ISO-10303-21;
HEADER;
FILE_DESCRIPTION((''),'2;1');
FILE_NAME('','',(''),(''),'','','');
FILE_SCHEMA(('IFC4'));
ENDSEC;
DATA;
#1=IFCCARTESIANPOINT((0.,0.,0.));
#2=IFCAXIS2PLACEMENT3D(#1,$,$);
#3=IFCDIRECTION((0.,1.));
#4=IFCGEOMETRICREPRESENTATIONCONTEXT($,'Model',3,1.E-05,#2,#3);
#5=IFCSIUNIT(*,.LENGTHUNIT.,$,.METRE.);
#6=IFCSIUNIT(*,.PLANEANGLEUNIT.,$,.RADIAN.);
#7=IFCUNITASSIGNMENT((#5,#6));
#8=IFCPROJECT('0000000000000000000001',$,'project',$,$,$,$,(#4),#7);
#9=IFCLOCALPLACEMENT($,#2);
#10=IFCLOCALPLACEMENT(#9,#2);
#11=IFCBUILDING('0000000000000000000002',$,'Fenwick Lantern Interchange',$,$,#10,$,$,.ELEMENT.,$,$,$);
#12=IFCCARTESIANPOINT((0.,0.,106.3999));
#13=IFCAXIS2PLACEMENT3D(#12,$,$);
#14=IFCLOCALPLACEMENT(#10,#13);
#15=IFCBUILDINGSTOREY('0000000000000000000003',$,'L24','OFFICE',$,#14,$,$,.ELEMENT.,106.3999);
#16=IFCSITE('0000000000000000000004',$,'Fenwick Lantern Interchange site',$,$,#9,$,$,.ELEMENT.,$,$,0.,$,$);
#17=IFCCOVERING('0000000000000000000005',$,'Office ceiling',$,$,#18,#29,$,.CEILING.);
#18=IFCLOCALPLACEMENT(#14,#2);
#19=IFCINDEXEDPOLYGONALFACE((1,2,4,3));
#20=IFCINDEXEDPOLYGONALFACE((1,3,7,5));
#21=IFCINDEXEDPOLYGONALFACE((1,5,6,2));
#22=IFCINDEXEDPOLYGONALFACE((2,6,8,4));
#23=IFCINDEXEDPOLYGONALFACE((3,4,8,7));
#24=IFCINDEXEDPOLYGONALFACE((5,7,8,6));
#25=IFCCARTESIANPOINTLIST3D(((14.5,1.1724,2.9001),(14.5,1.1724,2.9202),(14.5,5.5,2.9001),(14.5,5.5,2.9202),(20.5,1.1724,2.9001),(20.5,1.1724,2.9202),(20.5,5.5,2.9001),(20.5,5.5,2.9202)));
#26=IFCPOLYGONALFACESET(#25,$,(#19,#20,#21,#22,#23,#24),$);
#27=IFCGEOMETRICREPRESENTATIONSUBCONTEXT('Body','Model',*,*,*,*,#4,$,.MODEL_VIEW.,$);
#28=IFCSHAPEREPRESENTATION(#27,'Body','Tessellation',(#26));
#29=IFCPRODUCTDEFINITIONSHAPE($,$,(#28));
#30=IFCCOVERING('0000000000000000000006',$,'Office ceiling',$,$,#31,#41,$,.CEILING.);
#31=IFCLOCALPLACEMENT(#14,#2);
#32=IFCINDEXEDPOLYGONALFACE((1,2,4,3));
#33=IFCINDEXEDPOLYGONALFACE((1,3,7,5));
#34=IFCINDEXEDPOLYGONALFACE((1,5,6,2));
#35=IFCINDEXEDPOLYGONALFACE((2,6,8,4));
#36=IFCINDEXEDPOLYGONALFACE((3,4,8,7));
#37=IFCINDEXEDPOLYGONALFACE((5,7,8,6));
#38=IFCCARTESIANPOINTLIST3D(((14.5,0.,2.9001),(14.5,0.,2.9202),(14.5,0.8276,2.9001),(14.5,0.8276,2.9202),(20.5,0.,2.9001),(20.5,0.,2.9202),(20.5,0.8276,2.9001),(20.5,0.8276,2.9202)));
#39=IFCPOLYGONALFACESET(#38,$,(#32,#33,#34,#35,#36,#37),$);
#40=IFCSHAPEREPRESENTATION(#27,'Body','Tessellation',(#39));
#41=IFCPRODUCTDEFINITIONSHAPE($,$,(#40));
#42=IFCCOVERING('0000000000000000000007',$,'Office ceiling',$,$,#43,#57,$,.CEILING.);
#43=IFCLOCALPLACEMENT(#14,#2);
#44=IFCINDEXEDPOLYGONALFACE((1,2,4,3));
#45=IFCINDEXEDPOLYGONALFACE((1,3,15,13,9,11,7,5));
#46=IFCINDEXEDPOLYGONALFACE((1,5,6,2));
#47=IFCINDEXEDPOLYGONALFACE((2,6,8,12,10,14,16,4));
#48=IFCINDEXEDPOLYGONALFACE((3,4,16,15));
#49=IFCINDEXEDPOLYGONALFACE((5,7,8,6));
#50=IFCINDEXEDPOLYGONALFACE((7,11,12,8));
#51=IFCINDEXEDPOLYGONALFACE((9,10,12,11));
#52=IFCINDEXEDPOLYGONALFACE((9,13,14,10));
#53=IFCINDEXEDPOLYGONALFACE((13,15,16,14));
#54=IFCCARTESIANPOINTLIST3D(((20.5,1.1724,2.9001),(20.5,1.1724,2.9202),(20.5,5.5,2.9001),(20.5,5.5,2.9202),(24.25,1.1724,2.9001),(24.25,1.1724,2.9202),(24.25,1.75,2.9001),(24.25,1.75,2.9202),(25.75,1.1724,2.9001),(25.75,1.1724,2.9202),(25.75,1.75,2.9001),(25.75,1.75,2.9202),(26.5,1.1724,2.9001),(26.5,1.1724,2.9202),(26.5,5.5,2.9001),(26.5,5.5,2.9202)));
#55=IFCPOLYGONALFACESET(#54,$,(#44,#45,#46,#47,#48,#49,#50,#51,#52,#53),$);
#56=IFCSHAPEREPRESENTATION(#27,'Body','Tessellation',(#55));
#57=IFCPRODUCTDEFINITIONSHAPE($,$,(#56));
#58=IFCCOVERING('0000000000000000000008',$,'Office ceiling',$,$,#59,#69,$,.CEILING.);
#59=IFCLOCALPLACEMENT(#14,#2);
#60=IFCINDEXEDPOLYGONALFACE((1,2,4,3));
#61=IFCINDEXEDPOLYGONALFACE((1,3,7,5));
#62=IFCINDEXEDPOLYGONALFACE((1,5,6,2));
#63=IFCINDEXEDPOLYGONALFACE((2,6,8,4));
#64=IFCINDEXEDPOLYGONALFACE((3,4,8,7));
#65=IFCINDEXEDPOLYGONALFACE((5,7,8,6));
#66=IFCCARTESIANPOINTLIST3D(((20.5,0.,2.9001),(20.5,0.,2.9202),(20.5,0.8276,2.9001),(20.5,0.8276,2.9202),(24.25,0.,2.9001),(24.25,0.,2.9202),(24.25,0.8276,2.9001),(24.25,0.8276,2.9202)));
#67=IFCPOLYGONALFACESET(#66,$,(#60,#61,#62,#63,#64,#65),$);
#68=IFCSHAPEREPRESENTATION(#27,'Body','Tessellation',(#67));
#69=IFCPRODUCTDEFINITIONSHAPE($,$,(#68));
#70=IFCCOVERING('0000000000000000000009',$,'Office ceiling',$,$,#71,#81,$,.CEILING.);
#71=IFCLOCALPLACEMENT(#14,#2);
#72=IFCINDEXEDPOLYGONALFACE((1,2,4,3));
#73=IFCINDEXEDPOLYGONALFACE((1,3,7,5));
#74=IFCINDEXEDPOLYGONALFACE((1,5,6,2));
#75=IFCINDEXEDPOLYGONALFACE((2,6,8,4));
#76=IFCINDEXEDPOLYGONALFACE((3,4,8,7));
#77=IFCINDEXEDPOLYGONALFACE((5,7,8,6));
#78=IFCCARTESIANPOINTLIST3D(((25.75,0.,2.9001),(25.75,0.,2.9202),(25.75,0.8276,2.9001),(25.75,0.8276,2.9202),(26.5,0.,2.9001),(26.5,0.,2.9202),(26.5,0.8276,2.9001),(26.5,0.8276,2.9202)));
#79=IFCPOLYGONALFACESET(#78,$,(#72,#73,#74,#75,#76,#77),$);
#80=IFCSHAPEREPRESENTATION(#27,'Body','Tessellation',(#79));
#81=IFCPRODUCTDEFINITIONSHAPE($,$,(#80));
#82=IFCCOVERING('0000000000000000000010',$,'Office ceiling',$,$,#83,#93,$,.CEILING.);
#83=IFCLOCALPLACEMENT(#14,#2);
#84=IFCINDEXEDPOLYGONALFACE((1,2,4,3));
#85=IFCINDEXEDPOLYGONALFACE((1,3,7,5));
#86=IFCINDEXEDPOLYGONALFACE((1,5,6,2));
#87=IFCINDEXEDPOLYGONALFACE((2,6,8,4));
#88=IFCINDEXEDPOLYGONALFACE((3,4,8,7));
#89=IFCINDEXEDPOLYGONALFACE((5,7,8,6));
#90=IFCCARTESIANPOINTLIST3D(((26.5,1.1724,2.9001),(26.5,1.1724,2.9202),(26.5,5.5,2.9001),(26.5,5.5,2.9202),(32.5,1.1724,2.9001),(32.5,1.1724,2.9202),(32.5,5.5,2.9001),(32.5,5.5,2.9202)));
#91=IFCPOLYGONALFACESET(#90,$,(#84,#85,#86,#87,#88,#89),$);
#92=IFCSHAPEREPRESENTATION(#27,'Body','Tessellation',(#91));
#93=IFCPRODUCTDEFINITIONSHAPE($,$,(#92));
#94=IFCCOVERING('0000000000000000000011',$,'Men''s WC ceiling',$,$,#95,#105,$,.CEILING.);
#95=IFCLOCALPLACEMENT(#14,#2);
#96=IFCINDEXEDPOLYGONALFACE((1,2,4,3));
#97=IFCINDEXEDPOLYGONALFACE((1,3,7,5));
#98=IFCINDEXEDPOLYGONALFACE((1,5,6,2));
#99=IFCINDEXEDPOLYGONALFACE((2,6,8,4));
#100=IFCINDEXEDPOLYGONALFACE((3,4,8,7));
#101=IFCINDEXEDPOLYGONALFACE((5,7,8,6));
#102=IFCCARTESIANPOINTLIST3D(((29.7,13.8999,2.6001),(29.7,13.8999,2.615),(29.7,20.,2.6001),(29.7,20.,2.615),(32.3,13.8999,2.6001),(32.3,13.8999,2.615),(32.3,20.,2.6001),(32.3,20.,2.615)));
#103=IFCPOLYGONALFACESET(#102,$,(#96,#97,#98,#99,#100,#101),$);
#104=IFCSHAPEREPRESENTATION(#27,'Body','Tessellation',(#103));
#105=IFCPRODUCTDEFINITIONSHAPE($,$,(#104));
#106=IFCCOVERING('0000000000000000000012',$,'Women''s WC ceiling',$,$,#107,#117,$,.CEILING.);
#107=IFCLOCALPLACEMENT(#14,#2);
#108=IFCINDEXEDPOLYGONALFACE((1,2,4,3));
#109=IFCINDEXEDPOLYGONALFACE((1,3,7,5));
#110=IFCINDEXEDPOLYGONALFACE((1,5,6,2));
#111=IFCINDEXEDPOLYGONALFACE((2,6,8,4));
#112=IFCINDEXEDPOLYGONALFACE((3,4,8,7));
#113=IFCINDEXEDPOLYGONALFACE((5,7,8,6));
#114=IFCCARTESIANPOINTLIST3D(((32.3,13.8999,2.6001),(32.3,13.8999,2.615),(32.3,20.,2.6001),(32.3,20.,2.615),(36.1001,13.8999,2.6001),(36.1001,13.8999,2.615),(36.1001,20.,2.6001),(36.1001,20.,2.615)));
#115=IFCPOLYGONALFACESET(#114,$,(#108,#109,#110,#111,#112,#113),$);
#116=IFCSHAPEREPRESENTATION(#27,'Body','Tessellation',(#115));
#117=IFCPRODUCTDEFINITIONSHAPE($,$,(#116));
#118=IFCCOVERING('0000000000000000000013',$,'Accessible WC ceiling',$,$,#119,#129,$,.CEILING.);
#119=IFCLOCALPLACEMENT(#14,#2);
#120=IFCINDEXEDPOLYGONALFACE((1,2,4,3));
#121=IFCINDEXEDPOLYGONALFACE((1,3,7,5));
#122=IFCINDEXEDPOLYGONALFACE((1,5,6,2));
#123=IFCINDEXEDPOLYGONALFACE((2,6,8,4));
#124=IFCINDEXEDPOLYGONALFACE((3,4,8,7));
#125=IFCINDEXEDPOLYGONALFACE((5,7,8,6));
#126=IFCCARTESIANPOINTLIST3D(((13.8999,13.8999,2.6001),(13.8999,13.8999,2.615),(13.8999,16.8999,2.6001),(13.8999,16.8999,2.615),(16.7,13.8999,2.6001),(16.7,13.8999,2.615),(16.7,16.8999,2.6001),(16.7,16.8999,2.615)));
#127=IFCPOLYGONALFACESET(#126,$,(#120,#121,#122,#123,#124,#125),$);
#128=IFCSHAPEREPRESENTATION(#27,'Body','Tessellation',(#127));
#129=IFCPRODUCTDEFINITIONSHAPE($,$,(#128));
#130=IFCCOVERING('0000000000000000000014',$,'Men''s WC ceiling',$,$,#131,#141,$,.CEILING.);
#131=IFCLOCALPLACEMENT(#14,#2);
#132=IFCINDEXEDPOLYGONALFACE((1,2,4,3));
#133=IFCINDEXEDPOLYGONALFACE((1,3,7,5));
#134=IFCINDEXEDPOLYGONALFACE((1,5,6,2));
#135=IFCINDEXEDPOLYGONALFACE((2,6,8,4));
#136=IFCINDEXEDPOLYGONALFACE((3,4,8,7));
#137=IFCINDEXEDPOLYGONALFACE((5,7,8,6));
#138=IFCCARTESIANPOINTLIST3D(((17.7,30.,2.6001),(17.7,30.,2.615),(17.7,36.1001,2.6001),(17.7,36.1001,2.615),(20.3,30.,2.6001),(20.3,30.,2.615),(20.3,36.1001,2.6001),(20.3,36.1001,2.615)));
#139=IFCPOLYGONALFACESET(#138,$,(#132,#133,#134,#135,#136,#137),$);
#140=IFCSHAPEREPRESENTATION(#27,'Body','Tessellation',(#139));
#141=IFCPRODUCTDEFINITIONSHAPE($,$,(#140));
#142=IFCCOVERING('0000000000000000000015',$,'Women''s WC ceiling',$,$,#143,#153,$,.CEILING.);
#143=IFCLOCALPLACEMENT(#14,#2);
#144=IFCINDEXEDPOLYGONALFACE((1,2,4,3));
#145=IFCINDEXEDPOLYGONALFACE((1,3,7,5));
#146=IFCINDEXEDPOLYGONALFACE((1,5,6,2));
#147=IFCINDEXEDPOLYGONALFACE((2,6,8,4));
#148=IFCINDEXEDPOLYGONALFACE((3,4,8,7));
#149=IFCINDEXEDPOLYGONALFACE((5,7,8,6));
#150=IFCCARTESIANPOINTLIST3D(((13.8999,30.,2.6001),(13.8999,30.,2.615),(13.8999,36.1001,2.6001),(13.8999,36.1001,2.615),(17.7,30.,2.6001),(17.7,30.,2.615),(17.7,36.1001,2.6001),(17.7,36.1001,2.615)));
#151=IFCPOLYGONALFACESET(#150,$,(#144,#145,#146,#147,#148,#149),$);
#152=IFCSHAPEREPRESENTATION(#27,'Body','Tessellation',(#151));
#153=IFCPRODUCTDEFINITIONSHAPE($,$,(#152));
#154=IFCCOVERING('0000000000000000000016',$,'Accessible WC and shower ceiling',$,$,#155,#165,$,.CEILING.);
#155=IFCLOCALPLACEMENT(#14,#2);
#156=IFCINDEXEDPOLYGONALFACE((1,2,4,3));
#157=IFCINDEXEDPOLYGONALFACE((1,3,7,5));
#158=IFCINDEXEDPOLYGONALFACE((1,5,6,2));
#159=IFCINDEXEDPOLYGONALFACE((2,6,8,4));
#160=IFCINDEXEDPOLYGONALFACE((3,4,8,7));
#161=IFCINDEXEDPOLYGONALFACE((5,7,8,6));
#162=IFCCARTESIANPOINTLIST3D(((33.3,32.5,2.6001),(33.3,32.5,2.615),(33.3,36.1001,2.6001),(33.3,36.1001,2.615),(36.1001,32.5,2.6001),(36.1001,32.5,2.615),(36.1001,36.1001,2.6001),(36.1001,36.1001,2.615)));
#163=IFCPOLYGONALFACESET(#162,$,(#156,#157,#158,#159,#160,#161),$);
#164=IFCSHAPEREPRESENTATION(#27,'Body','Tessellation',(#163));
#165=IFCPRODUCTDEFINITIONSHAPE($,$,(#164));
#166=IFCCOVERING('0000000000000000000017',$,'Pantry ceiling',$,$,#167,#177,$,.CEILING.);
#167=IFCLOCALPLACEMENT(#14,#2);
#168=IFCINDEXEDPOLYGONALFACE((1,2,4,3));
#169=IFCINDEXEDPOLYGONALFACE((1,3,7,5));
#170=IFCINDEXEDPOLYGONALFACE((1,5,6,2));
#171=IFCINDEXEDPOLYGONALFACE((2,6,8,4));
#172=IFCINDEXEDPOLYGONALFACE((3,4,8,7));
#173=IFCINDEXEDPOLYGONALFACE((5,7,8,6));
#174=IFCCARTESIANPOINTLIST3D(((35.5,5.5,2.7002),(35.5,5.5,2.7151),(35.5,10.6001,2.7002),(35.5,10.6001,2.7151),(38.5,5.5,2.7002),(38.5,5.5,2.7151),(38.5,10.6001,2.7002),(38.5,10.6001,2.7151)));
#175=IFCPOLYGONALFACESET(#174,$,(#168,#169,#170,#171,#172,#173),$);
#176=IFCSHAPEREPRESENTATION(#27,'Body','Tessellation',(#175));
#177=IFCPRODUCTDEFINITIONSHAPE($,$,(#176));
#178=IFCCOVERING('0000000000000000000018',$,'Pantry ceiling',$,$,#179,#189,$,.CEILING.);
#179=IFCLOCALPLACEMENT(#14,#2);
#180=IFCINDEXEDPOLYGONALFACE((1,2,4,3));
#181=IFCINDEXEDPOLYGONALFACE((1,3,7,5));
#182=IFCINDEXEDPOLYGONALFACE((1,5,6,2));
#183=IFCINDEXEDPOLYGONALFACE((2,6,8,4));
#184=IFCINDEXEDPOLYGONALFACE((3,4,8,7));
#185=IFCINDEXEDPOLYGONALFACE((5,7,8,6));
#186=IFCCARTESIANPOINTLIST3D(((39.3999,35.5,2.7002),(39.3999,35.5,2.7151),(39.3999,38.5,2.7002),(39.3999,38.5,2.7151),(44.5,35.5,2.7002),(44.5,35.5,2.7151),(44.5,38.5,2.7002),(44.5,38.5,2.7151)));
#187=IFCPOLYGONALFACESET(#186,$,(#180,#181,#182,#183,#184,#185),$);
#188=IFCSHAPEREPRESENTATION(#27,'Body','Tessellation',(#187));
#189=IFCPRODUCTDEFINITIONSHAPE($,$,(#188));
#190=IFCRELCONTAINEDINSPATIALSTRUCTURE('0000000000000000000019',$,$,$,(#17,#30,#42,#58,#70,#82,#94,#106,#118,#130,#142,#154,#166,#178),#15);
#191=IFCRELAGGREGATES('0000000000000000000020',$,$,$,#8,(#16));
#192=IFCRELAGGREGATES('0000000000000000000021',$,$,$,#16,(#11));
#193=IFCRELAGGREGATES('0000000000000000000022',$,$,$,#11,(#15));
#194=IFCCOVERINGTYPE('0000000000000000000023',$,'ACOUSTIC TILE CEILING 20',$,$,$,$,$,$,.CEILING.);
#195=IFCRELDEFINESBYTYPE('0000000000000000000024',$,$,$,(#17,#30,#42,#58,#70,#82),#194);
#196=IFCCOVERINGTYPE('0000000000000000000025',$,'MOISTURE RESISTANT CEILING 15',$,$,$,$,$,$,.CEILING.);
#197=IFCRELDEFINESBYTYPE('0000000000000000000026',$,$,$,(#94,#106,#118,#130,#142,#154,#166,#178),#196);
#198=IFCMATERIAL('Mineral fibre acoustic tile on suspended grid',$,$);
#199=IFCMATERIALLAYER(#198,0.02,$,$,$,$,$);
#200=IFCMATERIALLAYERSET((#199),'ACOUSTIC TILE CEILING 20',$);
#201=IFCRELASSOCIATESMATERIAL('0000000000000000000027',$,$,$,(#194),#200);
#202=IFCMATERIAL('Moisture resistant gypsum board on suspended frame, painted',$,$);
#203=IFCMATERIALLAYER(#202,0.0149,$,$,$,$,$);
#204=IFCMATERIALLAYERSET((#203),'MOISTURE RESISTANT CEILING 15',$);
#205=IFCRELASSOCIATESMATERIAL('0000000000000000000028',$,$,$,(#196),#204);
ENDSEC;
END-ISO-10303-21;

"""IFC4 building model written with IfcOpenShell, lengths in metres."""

from ifc_helpers import new_model, si_unit, direction, frame, origin, place, context, subcontext, project, spatial, polyline, outline, extrude, material, layer, layer_set, type_object, element, save


model = new_model("IFC4")

# Units and contexts
model_context = context("Model", 3, precision=1e-05, world=origin(), true_north=direction((0.0, 1.0)))
body_context = subcontext(model_context, "Body", "Model", "MODEL_VIEW")
ifc_project = project(units=[si_unit("LENGTHUNIT", "METRE"), si_unit("PLANEANGLEUNIT", "RADIAN")], contexts=[model_context])

# Site, building, storey
site_placement = place(None, origin())
site = spatial("IfcSite", under=ifc_project, at=site_placement, Name="Fenwick Lantern Interchange site", CompositionType="ELEMENT", RefElevation=0.0)
building_placement = place(site_placement, origin())
building = spatial("IfcBuilding", under=site, at=building_placement, Name="Fenwick Lantern Interchange", CompositionType="ELEMENT")
storey_placement = place(building_placement, frame((0.0, 0.0, 106.3999)))
storey = spatial("IfcBuildingStorey", under=building, at=storey_placement, Name="L24", Description="OFFICE", CompositionType="ELEMENT", Elevation=106.3999)

# Coverings
ifc_material_1 = material(Name="Mineral fibre acoustic tile on suspended grid")
ifc_layer_1 = layer(ifc_material_1, 0.02)
ifc_layer_set_1 = layer_set([ifc_layer_1], Name="ACOUSTIC TILE CEILING 20")
covering_type_1 = type_object("IfcCoveringType", Name="ACOUSTIC TILE CEILING 20", PredefinedType="CEILING", material=ifc_layer_set_1)
covering_1_placement = place(storey_placement, frame((0.0, 0.0, 2.9001)))
element("IfcCovering", 1, at=covering_1_placement, inside=storey, type_object=covering_type_1, Name="Office ceiling", PredefinedType="CEILING", context=body_context, shape_type="SweptSolid", body=[
    extrude(outline(polyline([(14.5, 5.5), (14.5, 1.1724), (20.5, 1.1724), (20.5, 5.5), (14.5, 5.5)])), origin(), (0.0, 0.0, 1.0), 0.02),
])
covering_2_placement = place(storey_placement, frame((0.0, 0.0, 2.9001)))
element("IfcCovering", 2, at=covering_2_placement, inside=storey, type_object=covering_type_1, Name="Office ceiling", PredefinedType="CEILING", context=body_context, shape_type="SweptSolid", body=[
    extrude(outline(polyline([(20.5, 0.0), (20.5, 0.8276), (14.5, 0.8276), (14.5, 0.0), (20.5, 0.0)])), origin(), (0.0, 0.0, 1.0), 0.02),
])
covering_3_placement = place(storey_placement, frame((0.0, 0.0, 2.9001)))
element("IfcCovering", 3, at=covering_3_placement, inside=storey, type_object=covering_type_1, Name="Office ceiling", PredefinedType="CEILING", context=body_context, shape_type="SweptSolid", body=[
    extrude(outline(polyline([(20.5, 5.5), (20.5, 1.1724), (24.25, 1.1724), (24.25, 1.75), (25.75, 1.75), (25.75, 1.1724), (26.5, 1.1724), (26.5, 5.5), (20.5, 5.5)])), origin(), (0.0, 0.0, 1.0), 0.02),
])
covering_4_placement = place(storey_placement, frame((0.0, 0.0, 2.9001)))
element("IfcCovering", 4, at=covering_4_placement, inside=storey, type_object=covering_type_1, Name="Office ceiling", PredefinedType="CEILING", context=body_context, shape_type="SweptSolid", body=[
    extrude(outline(polyline([(20.5, 0.8276), (20.5, 0.0), (24.25, 0.0), (24.25, 0.8276), (20.5, 0.8276)])), origin(), (0.0, 0.0, 1.0), 0.02),
])
covering_5_placement = place(storey_placement, frame((0.0, 0.0, 2.9001)))
element("IfcCovering", 5, at=covering_5_placement, inside=storey, type_object=covering_type_1, Name="Office ceiling", PredefinedType="CEILING", context=body_context, shape_type="SweptSolid", body=[
    extrude(outline(polyline([(26.5, 0.0), (26.5, 0.8276), (25.75, 0.8276), (25.75, 0.0), (26.5, 0.0)])), origin(), (0.0, 0.0, 1.0), 0.02),
])
covering_6_placement = place(storey_placement, frame((0.0, 0.0, 2.9001)))
element("IfcCovering", 6, at=covering_6_placement, inside=storey, type_object=covering_type_1, Name="Office ceiling", PredefinedType="CEILING", context=body_context, shape_type="SweptSolid", body=[
    extrude(outline(polyline([(26.5, 5.5), (26.5, 1.1724), (32.5, 1.1724), (32.5, 5.5), (26.5, 5.5)])), origin(), (0.0, 0.0, 1.0), 0.02),
])
ifc_material_2 = material(Name="Moisture resistant gypsum board on suspended frame, painted")
ifc_layer_2 = layer(ifc_material_2, 0.0149)
ifc_layer_set_2 = layer_set([ifc_layer_2], Name="MOISTURE RESISTANT CEILING 15")
covering_type_2 = type_object("IfcCoveringType", Name="MOISTURE RESISTANT CEILING 15", PredefinedType="CEILING", material=ifc_layer_set_2)
covering_7_placement = place(storey_placement, frame((0.0, 0.0, 2.6001)))
element("IfcCovering", 7, at=covering_7_placement, inside=storey, type_object=covering_type_2, Name="Men's WC ceiling", PredefinedType="CEILING", context=body_context, shape_type="SweptSolid", body=[
    extrude(outline(polyline([(29.7, 13.8999), (32.3, 13.8999), (32.3, 20.0), (29.7, 20.0), (29.7, 13.8999)])), origin(), (0.0, 0.0, 1.0), 0.0149),
])
covering_8_placement = place(storey_placement, frame((0.0, 0.0, 2.6001)))
element("IfcCovering", 8, at=covering_8_placement, inside=storey, type_object=covering_type_2, Name="Women's WC ceiling", PredefinedType="CEILING", context=body_context, shape_type="SweptSolid", body=[
    extrude(outline(polyline([(32.3, 13.8999), (36.1001, 13.8999), (36.1001, 20.0), (32.3, 20.0), (32.3, 13.8999)])), origin(), (0.0, 0.0, 1.0), 0.0149),
])
covering_9_placement = place(storey_placement, frame((0.0, 0.0, 2.6001)))
element("IfcCovering", 9, at=covering_9_placement, inside=storey, type_object=covering_type_2, Name="Accessible WC ceiling", PredefinedType="CEILING", context=body_context, shape_type="SweptSolid", body=[
    extrude(outline(polyline([(13.8999, 13.8999), (16.7, 13.8999), (16.7, 16.8999), (13.8999, 16.8999), (13.8999, 13.8999)])), origin(), (0.0, 0.0, 1.0), 0.0149),
])
covering_10_placement = place(storey_placement, frame((0.0, 0.0, 2.6001)))
element("IfcCovering", 10, at=covering_10_placement, inside=storey, type_object=covering_type_2, Name="Men's WC ceiling", PredefinedType="CEILING", context=body_context, shape_type="SweptSolid", body=[
    extrude(outline(polyline([(20.3, 36.1001), (17.7, 36.1001), (17.7, 30.0), (20.3, 30.0), (20.3, 36.1001)])), origin(), (0.0, 0.0, 1.0), 0.0149),
])
covering_11_placement = place(storey_placement, frame((0.0, 0.0, 2.6001)))
element("IfcCovering", 11, at=covering_11_placement, inside=storey, type_object=covering_type_2, Name="Women's WC ceiling", PredefinedType="CEILING", context=body_context, shape_type="SweptSolid", body=[
    extrude(outline(polyline([(17.7, 36.1001), (13.8999, 36.1001), (13.8999, 30.0), (17.7, 30.0), (17.7, 36.1001)])), origin(), (0.0, 0.0, 1.0), 0.0149),
])
covering_12_placement = place(storey_placement, frame((0.0, 0.0, 2.6001)))
element("IfcCovering", 12, at=covering_12_placement, inside=storey, type_object=covering_type_2, Name="Accessible WC and shower ceiling", PredefinedType="CEILING", context=body_context, shape_type="SweptSolid", body=[
    extrude(outline(polyline([(36.1001, 36.1001), (33.3, 36.1001), (33.3, 32.5), (36.1001, 32.5), (36.1001, 36.1001)])), origin(), (0.0, 0.0, 1.0), 0.0149),
])
covering_13_placement = place(storey_placement, frame((0.0, 0.0, 2.7002)))
element("IfcCovering", 13, at=covering_13_placement, inside=storey, type_object=covering_type_2, Name="Pantry ceiling", PredefinedType="CEILING", context=body_context, shape_type="SweptSolid", body=[
    extrude(outline(polyline([(35.5, 5.5), (38.5, 5.5), (38.5, 10.6001), (35.5, 10.6001), (35.5, 5.5)])), origin(), (0.0, 0.0, 1.0), 0.0149),
])
covering_14_placement = place(storey_placement, frame((0.0, 0.0, 2.7002)))
element("IfcCovering", 14, at=covering_14_placement, inside=storey, type_object=covering_type_2, Name="Pantry ceiling", PredefinedType="CEILING", context=body_context, shape_type="SweptSolid", body=[
    extrude(outline(polyline([(44.5, 35.5), (44.5, 38.5), (39.3999, 38.5), (39.3999, 35.5), (44.5, 35.5)])), origin(), (0.0, 0.0, 1.0), 0.0149),
])

save(model, "model.ifc")
